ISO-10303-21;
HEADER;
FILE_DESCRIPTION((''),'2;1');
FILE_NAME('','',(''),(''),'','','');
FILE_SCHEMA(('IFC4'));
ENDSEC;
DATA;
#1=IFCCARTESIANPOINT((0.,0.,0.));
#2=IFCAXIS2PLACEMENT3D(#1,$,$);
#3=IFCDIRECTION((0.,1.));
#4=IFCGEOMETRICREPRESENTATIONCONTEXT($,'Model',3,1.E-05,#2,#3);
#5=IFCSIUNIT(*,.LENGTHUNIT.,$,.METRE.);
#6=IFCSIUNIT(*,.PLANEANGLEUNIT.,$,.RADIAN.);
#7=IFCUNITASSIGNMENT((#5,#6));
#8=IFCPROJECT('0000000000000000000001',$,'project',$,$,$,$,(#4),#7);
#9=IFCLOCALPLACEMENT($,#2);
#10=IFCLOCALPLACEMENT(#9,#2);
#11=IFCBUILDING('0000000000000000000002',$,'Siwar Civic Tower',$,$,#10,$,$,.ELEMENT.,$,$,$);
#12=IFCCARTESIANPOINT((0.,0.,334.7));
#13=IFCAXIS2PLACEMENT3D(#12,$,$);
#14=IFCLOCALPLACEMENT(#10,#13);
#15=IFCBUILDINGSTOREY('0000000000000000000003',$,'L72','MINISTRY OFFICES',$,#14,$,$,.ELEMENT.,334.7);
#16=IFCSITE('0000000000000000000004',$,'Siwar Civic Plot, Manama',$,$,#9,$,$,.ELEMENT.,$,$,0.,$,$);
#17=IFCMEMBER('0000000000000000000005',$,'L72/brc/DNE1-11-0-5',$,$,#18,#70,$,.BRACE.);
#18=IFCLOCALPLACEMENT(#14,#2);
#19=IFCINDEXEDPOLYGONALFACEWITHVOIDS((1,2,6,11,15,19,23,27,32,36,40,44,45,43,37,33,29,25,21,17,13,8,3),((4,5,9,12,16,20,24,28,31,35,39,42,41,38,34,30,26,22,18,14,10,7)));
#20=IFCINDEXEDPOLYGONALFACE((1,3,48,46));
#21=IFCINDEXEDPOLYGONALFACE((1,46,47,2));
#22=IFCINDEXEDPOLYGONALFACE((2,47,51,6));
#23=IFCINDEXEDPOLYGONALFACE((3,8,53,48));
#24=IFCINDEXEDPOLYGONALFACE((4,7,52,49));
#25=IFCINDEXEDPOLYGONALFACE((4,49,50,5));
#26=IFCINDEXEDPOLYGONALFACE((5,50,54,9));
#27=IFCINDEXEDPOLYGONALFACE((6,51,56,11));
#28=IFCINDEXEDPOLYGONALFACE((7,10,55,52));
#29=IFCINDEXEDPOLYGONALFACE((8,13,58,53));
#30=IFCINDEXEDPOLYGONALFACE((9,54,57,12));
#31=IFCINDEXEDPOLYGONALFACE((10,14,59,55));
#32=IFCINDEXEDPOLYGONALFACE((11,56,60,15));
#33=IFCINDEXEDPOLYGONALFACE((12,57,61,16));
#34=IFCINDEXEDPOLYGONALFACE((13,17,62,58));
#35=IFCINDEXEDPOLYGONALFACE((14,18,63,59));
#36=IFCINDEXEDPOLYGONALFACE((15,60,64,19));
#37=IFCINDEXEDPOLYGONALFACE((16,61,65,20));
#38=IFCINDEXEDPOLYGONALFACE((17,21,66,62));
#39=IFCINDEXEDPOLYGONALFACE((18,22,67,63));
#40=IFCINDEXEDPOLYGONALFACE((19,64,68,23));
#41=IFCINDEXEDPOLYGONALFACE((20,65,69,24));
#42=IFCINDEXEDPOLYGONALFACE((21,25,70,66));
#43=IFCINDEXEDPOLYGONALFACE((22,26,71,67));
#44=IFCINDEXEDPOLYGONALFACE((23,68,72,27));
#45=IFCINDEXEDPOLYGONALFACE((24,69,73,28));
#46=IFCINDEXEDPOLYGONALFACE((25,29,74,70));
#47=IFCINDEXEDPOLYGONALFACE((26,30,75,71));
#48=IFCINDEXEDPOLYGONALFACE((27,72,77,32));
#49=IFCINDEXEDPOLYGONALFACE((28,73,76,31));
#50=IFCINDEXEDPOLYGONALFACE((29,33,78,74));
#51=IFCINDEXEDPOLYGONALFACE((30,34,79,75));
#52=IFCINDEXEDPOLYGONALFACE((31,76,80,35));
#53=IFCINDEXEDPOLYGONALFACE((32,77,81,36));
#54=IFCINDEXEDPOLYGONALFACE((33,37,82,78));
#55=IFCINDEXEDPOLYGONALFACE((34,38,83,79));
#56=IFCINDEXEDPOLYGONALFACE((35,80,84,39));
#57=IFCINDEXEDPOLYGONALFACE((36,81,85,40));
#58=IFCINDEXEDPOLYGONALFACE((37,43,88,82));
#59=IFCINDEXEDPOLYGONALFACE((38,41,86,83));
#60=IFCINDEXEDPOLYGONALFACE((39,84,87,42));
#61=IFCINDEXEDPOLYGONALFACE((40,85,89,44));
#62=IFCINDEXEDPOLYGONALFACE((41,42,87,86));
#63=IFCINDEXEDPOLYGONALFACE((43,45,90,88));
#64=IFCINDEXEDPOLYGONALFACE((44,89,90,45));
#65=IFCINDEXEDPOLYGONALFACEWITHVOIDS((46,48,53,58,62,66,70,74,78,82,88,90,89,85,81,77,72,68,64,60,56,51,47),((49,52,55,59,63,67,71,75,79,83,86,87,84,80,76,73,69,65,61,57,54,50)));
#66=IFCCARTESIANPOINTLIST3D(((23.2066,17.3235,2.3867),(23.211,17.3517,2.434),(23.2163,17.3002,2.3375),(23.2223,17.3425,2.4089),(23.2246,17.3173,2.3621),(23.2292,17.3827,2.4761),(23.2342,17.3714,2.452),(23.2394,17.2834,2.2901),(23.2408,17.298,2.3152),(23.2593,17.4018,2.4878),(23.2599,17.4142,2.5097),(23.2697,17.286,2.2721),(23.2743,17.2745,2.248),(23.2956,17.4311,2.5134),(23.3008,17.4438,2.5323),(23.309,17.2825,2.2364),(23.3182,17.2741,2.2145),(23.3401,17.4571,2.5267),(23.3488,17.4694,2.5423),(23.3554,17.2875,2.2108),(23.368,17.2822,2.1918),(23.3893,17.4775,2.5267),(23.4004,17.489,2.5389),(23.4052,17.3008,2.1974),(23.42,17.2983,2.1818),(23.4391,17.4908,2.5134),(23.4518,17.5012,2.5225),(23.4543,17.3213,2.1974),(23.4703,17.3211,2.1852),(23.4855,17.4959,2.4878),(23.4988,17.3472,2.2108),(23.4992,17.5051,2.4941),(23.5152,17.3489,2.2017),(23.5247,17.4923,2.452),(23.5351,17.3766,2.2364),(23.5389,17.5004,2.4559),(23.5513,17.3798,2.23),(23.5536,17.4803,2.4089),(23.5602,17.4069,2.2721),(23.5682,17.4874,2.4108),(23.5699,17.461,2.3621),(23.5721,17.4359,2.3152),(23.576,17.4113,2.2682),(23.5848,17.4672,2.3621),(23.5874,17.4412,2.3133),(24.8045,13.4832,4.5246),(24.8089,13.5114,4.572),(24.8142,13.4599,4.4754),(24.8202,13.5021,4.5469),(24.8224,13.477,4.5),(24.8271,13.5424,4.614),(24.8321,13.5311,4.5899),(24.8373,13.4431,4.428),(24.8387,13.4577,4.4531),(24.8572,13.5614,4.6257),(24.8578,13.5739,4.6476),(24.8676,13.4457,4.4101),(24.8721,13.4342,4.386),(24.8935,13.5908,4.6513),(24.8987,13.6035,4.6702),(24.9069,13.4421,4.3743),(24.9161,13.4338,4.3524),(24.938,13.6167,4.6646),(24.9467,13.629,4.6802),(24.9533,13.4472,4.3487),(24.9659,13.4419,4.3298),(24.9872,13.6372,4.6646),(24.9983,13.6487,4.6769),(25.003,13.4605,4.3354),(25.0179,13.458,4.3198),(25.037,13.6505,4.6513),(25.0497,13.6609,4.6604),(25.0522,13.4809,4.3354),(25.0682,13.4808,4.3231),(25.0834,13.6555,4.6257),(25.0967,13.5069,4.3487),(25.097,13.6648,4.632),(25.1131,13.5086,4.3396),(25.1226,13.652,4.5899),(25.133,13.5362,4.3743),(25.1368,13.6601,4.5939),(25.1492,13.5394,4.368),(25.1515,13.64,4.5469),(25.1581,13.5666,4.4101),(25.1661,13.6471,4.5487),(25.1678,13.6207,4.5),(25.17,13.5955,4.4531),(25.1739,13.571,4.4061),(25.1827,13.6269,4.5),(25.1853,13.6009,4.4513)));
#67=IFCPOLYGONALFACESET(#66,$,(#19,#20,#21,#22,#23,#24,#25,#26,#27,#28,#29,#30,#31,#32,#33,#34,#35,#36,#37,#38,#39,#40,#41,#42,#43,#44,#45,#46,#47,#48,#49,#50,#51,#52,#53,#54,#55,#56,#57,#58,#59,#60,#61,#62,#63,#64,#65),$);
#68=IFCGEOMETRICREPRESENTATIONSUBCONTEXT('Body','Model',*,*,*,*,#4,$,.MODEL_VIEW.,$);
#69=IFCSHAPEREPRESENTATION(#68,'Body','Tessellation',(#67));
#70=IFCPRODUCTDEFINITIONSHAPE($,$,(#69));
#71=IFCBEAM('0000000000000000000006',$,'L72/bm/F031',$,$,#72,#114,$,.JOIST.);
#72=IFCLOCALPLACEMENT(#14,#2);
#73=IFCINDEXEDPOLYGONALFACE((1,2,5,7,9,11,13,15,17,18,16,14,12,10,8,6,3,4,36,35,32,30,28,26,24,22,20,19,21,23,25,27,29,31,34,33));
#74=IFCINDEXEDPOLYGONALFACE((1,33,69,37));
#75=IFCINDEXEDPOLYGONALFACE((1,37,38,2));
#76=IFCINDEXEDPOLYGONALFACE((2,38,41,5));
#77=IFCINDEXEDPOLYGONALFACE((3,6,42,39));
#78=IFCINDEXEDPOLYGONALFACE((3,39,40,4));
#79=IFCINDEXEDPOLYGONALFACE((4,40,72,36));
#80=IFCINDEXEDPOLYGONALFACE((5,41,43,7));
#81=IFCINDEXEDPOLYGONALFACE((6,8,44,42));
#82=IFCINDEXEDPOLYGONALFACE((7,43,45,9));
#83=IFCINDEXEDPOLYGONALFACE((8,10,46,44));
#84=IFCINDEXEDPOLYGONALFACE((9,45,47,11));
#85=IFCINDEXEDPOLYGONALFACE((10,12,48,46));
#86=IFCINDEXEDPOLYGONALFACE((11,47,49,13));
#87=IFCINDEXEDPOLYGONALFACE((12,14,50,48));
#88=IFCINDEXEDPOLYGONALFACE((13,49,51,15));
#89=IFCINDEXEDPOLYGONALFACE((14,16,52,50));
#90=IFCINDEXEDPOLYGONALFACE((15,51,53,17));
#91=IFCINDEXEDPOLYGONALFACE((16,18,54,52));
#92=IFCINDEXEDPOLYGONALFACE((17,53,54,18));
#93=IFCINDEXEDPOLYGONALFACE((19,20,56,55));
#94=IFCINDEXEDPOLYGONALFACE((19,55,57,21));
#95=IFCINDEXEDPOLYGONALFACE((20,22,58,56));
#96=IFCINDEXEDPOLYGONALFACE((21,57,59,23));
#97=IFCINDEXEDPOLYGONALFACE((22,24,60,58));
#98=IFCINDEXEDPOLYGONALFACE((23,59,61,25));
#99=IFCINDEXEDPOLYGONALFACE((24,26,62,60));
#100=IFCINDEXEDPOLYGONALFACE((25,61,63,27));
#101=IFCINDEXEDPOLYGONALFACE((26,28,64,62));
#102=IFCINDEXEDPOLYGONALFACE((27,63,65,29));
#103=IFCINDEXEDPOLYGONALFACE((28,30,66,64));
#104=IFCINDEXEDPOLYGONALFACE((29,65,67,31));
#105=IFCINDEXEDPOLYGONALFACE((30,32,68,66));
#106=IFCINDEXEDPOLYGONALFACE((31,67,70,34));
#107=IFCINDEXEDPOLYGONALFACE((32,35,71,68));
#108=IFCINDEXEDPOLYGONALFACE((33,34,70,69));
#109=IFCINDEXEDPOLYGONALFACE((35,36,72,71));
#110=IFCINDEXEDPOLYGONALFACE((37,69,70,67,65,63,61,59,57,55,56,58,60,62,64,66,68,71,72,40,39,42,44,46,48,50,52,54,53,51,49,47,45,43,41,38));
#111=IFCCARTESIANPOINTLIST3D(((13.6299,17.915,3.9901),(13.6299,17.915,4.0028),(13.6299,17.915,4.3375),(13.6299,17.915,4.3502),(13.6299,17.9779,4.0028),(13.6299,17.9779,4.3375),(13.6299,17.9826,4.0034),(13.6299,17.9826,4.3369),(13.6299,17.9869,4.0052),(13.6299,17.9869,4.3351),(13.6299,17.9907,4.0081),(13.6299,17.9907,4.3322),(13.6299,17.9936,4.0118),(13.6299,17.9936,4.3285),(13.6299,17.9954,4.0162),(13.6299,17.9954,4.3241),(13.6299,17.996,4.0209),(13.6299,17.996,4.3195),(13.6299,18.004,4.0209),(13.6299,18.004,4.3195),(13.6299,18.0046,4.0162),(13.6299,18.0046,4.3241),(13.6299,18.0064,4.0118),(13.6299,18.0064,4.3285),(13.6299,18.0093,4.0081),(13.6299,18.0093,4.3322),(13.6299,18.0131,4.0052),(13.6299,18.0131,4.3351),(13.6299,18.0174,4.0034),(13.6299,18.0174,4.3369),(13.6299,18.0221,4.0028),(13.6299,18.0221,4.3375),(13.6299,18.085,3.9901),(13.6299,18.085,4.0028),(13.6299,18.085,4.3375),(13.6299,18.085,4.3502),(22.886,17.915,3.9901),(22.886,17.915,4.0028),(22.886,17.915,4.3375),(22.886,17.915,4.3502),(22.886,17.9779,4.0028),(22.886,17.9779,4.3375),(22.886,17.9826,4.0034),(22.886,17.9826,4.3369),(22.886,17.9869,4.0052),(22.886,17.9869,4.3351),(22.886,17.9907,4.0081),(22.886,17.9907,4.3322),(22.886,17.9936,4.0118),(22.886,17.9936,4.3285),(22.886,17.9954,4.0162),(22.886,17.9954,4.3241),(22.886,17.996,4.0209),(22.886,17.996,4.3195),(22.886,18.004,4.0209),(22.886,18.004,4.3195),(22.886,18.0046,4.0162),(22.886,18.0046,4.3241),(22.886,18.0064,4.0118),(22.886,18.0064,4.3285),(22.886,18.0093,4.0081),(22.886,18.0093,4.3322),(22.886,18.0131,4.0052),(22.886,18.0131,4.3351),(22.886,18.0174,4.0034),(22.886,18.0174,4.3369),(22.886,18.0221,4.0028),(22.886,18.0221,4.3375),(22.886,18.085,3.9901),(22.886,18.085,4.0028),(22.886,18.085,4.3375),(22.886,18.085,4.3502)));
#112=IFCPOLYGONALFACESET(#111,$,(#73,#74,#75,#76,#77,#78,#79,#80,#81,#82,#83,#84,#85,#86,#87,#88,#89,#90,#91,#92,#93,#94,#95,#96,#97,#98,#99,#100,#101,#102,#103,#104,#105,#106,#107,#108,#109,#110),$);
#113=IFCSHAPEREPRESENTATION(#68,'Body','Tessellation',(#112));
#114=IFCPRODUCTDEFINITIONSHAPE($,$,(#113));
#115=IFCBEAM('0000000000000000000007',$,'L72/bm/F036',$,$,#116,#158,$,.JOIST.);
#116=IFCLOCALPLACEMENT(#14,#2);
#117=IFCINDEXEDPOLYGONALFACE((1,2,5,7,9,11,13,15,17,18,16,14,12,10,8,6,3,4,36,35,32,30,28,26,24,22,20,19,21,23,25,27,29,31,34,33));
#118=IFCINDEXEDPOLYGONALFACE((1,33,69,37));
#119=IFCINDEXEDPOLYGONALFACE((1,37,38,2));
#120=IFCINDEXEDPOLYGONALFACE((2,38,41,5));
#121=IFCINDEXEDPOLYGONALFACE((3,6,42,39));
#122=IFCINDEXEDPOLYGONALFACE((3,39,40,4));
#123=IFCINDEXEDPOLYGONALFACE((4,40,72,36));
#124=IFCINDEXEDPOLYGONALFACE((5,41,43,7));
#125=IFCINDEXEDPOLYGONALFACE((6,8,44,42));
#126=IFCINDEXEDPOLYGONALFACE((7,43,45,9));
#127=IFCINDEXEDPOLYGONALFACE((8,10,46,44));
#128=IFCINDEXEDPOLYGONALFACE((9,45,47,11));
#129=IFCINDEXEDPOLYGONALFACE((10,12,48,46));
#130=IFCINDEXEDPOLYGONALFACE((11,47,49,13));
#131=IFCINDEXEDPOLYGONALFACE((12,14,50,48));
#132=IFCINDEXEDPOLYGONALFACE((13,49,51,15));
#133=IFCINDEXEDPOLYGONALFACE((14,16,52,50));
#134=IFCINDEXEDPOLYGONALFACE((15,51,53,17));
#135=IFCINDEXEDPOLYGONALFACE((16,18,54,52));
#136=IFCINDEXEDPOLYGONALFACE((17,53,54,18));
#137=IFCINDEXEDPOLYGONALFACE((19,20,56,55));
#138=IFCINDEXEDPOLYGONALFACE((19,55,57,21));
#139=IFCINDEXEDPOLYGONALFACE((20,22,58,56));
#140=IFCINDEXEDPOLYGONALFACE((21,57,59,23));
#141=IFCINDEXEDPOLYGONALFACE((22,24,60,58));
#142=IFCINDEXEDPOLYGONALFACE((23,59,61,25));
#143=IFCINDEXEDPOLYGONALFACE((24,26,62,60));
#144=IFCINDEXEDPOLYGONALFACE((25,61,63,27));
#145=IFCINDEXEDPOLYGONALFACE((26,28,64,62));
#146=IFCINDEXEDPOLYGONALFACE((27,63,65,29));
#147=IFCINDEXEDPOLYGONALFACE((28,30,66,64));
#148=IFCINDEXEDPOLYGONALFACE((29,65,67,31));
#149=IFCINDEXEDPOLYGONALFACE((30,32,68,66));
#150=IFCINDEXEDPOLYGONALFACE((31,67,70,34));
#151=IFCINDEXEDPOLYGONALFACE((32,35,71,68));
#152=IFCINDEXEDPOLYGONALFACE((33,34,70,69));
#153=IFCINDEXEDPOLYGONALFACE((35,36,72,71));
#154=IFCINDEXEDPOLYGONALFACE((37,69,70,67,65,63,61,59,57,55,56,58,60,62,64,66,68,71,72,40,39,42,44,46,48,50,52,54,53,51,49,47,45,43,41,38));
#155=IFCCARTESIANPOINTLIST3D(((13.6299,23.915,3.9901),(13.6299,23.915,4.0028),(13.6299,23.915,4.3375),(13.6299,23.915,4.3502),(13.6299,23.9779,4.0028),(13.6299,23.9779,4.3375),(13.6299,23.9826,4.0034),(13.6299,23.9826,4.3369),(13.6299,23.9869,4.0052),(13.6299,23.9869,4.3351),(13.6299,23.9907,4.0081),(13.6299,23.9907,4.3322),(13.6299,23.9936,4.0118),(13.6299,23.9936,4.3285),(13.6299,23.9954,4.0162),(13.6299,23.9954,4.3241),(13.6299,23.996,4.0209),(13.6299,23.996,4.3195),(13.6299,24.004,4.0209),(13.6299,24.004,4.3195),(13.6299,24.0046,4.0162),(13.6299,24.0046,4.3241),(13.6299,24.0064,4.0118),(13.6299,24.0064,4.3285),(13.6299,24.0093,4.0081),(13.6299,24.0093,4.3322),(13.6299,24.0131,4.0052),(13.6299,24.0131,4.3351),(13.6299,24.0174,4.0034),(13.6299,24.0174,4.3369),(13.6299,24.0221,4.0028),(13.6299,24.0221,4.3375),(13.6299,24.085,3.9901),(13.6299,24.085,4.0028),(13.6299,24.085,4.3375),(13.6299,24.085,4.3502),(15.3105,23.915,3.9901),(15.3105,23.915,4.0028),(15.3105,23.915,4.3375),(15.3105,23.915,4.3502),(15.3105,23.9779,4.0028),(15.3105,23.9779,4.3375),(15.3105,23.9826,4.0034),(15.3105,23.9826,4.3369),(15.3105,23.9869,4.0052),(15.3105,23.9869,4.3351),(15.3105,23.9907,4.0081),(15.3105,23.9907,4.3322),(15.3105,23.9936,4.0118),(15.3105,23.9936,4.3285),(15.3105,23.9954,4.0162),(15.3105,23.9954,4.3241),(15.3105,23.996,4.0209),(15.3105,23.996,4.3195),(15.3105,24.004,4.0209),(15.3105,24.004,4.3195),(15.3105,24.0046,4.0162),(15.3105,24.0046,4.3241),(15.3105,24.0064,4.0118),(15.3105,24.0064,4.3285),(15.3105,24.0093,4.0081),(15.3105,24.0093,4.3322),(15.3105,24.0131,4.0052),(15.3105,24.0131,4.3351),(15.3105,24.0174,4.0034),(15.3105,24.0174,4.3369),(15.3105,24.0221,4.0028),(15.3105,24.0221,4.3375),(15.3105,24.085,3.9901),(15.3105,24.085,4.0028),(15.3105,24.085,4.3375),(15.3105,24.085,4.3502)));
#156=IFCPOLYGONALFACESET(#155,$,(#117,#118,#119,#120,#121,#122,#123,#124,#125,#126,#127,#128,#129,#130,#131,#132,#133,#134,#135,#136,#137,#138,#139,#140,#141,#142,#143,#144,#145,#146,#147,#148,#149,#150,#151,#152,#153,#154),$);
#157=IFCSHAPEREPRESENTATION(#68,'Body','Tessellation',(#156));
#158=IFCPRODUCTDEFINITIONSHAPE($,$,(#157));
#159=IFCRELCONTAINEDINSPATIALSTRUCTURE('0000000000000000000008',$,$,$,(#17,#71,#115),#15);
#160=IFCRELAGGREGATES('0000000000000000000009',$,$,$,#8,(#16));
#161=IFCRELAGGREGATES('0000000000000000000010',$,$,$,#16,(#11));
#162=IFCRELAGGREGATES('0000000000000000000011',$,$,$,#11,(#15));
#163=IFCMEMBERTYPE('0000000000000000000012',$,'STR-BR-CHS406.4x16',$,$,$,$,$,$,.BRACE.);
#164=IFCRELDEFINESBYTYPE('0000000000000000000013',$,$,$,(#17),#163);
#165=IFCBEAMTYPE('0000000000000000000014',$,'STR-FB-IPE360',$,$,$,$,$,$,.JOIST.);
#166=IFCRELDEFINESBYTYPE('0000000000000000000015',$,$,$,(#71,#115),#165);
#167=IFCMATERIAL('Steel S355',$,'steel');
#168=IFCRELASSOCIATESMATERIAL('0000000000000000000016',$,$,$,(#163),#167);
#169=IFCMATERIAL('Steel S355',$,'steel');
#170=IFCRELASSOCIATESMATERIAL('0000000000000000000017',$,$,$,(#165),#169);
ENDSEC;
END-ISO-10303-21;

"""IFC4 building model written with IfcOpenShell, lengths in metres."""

from ifc_helpers import new_model, si_unit, direction, frame, origin, origin_2d, place, context, subcontext, project, spatial, hollow_circle, i_section, extrude, material, material_profile, profile_set, type_object, element, save


model = new_model("IFC4")

# Units and contexts
model_context = context("Model", 3, precision=1e-05, world=origin(), true_north=direction((0.0, 1.0)))
body_context = subcontext(model_context, "Body", "Model", "MODEL_VIEW")
ifc_project = project(units=[si_unit("LENGTHUNIT", "METRE"), si_unit("PLANEANGLEUNIT", "RADIAN")], contexts=[model_context])

# Site, building, storey
site_placement = place(None, origin())
site = spatial("IfcSite", under=ifc_project, at=site_placement, Name="Siwar Civic Plot, Manama", CompositionType="ELEMENT", RefElevation=0.0)
building_placement = place(site_placement, origin())
building = spatial("IfcBuilding", under=site, at=building_placement, Name="Siwar Civic Tower", CompositionType="ELEMENT")
storey_placement = place(building_placement, frame((0.0, 0.0, 334.7)))
storey = spatial("IfcBuildingStorey", under=building, at=storey_placement, Name="L72", Description="MINISTRY OFFICES", CompositionType="ELEMENT", Elevation=334.7)

# Member
ifc_material_1 = material(Name="Steel S355", Category="steel")
ifc_material_profile_1 = material_profile(ifc_material_1, hollow_circle(Radius=0.2031, WallThickness=0.0161, at=origin_2d()), Name="CHS406.4x16")
ifc_profile_set_1 = profile_set([ifc_material_profile_1], Name="Steel S355")
member_type_1 = type_object("IfcMemberType", Name="STR-BR-CHS406.4x16", PredefinedType="BRACE", material=ifc_profile_set_1)
member_1_placement = place(storey_placement, frame((23.3972, 17.3892, 2.3621), z_axis=(0.341667, -0.82115, 0.45714), x_axis=(0.923268, 0.384157, 0.0)))
element("IfcMember", 1, at=member_1_placement, inside=storey, type_object=member_type_1, Name="L72/brc/DNE1-11-0-5", PredefinedType="BRACE", context=body_context, shape_type="SweptSolid", body=[
    extrude(hollow_circle(Radius=0.2031, WallThickness=0.0161, at=origin_2d()), origin(), (0.0, 0.0, 1.0), 4.6768),
])

# Beams
ifc_material_2 = material(Name="Steel S355", Category="steel")
ifc_material_profile_2 = material_profile(ifc_material_2, i_section(OverallWidth=0.1699, OverallDepth=0.3601, WebThickness=0.0081, FlangeThickness=0.0127, FilletRadius=0.0181, at=origin_2d()), Name="IPE360")
ifc_profile_set_2 = profile_set([ifc_material_profile_2], Name="Steel S355")
beam_type_1 = type_object("IfcBeamType", Name="STR-FB-IPE360", PredefinedType="JOIST", material=ifc_profile_set_2)
beam_1_placement = place(storey_placement, frame((13.6299, 18.0, 4.1702), z_axis=(1.0, 0.0, 0.0), x_axis=(0.0, 1.0, 0.0)))
element("IfcBeam", 2, at=beam_1_placement, inside=storey, type_object=beam_type_1, Name="L72/bm/F031", PredefinedType="JOIST", context=body_context, shape_type="SweptSolid", body=[
    extrude(i_section(OverallWidth=0.1699, OverallDepth=0.3601, WebThickness=0.0081, FlangeThickness=0.0127, FilletRadius=0.0181, at=origin_2d()), origin(), (0.0, 0.0, 1.0), 9.2561),
])
beam_2_placement = place(storey_placement, frame((13.6299, 24.0, 4.1702), z_axis=(1.0, 0.0, 0.0), x_axis=(0.0, 1.0, 0.0)))
element("IfcBeam", 3, at=beam_2_placement, inside=storey, type_object=beam_type_1, Name="L72/bm/F036", PredefinedType="JOIST", context=body_context, shape_type="SweptSolid", body=[
    extrude(i_section(OverallWidth=0.1699, OverallDepth=0.3601, WebThickness=0.0081, FlangeThickness=0.0127, FilletRadius=0.0181, at=origin_2d()), origin(), (0.0, 0.0, 1.0), 1.6807),
])

save(model, "model.ifc")
